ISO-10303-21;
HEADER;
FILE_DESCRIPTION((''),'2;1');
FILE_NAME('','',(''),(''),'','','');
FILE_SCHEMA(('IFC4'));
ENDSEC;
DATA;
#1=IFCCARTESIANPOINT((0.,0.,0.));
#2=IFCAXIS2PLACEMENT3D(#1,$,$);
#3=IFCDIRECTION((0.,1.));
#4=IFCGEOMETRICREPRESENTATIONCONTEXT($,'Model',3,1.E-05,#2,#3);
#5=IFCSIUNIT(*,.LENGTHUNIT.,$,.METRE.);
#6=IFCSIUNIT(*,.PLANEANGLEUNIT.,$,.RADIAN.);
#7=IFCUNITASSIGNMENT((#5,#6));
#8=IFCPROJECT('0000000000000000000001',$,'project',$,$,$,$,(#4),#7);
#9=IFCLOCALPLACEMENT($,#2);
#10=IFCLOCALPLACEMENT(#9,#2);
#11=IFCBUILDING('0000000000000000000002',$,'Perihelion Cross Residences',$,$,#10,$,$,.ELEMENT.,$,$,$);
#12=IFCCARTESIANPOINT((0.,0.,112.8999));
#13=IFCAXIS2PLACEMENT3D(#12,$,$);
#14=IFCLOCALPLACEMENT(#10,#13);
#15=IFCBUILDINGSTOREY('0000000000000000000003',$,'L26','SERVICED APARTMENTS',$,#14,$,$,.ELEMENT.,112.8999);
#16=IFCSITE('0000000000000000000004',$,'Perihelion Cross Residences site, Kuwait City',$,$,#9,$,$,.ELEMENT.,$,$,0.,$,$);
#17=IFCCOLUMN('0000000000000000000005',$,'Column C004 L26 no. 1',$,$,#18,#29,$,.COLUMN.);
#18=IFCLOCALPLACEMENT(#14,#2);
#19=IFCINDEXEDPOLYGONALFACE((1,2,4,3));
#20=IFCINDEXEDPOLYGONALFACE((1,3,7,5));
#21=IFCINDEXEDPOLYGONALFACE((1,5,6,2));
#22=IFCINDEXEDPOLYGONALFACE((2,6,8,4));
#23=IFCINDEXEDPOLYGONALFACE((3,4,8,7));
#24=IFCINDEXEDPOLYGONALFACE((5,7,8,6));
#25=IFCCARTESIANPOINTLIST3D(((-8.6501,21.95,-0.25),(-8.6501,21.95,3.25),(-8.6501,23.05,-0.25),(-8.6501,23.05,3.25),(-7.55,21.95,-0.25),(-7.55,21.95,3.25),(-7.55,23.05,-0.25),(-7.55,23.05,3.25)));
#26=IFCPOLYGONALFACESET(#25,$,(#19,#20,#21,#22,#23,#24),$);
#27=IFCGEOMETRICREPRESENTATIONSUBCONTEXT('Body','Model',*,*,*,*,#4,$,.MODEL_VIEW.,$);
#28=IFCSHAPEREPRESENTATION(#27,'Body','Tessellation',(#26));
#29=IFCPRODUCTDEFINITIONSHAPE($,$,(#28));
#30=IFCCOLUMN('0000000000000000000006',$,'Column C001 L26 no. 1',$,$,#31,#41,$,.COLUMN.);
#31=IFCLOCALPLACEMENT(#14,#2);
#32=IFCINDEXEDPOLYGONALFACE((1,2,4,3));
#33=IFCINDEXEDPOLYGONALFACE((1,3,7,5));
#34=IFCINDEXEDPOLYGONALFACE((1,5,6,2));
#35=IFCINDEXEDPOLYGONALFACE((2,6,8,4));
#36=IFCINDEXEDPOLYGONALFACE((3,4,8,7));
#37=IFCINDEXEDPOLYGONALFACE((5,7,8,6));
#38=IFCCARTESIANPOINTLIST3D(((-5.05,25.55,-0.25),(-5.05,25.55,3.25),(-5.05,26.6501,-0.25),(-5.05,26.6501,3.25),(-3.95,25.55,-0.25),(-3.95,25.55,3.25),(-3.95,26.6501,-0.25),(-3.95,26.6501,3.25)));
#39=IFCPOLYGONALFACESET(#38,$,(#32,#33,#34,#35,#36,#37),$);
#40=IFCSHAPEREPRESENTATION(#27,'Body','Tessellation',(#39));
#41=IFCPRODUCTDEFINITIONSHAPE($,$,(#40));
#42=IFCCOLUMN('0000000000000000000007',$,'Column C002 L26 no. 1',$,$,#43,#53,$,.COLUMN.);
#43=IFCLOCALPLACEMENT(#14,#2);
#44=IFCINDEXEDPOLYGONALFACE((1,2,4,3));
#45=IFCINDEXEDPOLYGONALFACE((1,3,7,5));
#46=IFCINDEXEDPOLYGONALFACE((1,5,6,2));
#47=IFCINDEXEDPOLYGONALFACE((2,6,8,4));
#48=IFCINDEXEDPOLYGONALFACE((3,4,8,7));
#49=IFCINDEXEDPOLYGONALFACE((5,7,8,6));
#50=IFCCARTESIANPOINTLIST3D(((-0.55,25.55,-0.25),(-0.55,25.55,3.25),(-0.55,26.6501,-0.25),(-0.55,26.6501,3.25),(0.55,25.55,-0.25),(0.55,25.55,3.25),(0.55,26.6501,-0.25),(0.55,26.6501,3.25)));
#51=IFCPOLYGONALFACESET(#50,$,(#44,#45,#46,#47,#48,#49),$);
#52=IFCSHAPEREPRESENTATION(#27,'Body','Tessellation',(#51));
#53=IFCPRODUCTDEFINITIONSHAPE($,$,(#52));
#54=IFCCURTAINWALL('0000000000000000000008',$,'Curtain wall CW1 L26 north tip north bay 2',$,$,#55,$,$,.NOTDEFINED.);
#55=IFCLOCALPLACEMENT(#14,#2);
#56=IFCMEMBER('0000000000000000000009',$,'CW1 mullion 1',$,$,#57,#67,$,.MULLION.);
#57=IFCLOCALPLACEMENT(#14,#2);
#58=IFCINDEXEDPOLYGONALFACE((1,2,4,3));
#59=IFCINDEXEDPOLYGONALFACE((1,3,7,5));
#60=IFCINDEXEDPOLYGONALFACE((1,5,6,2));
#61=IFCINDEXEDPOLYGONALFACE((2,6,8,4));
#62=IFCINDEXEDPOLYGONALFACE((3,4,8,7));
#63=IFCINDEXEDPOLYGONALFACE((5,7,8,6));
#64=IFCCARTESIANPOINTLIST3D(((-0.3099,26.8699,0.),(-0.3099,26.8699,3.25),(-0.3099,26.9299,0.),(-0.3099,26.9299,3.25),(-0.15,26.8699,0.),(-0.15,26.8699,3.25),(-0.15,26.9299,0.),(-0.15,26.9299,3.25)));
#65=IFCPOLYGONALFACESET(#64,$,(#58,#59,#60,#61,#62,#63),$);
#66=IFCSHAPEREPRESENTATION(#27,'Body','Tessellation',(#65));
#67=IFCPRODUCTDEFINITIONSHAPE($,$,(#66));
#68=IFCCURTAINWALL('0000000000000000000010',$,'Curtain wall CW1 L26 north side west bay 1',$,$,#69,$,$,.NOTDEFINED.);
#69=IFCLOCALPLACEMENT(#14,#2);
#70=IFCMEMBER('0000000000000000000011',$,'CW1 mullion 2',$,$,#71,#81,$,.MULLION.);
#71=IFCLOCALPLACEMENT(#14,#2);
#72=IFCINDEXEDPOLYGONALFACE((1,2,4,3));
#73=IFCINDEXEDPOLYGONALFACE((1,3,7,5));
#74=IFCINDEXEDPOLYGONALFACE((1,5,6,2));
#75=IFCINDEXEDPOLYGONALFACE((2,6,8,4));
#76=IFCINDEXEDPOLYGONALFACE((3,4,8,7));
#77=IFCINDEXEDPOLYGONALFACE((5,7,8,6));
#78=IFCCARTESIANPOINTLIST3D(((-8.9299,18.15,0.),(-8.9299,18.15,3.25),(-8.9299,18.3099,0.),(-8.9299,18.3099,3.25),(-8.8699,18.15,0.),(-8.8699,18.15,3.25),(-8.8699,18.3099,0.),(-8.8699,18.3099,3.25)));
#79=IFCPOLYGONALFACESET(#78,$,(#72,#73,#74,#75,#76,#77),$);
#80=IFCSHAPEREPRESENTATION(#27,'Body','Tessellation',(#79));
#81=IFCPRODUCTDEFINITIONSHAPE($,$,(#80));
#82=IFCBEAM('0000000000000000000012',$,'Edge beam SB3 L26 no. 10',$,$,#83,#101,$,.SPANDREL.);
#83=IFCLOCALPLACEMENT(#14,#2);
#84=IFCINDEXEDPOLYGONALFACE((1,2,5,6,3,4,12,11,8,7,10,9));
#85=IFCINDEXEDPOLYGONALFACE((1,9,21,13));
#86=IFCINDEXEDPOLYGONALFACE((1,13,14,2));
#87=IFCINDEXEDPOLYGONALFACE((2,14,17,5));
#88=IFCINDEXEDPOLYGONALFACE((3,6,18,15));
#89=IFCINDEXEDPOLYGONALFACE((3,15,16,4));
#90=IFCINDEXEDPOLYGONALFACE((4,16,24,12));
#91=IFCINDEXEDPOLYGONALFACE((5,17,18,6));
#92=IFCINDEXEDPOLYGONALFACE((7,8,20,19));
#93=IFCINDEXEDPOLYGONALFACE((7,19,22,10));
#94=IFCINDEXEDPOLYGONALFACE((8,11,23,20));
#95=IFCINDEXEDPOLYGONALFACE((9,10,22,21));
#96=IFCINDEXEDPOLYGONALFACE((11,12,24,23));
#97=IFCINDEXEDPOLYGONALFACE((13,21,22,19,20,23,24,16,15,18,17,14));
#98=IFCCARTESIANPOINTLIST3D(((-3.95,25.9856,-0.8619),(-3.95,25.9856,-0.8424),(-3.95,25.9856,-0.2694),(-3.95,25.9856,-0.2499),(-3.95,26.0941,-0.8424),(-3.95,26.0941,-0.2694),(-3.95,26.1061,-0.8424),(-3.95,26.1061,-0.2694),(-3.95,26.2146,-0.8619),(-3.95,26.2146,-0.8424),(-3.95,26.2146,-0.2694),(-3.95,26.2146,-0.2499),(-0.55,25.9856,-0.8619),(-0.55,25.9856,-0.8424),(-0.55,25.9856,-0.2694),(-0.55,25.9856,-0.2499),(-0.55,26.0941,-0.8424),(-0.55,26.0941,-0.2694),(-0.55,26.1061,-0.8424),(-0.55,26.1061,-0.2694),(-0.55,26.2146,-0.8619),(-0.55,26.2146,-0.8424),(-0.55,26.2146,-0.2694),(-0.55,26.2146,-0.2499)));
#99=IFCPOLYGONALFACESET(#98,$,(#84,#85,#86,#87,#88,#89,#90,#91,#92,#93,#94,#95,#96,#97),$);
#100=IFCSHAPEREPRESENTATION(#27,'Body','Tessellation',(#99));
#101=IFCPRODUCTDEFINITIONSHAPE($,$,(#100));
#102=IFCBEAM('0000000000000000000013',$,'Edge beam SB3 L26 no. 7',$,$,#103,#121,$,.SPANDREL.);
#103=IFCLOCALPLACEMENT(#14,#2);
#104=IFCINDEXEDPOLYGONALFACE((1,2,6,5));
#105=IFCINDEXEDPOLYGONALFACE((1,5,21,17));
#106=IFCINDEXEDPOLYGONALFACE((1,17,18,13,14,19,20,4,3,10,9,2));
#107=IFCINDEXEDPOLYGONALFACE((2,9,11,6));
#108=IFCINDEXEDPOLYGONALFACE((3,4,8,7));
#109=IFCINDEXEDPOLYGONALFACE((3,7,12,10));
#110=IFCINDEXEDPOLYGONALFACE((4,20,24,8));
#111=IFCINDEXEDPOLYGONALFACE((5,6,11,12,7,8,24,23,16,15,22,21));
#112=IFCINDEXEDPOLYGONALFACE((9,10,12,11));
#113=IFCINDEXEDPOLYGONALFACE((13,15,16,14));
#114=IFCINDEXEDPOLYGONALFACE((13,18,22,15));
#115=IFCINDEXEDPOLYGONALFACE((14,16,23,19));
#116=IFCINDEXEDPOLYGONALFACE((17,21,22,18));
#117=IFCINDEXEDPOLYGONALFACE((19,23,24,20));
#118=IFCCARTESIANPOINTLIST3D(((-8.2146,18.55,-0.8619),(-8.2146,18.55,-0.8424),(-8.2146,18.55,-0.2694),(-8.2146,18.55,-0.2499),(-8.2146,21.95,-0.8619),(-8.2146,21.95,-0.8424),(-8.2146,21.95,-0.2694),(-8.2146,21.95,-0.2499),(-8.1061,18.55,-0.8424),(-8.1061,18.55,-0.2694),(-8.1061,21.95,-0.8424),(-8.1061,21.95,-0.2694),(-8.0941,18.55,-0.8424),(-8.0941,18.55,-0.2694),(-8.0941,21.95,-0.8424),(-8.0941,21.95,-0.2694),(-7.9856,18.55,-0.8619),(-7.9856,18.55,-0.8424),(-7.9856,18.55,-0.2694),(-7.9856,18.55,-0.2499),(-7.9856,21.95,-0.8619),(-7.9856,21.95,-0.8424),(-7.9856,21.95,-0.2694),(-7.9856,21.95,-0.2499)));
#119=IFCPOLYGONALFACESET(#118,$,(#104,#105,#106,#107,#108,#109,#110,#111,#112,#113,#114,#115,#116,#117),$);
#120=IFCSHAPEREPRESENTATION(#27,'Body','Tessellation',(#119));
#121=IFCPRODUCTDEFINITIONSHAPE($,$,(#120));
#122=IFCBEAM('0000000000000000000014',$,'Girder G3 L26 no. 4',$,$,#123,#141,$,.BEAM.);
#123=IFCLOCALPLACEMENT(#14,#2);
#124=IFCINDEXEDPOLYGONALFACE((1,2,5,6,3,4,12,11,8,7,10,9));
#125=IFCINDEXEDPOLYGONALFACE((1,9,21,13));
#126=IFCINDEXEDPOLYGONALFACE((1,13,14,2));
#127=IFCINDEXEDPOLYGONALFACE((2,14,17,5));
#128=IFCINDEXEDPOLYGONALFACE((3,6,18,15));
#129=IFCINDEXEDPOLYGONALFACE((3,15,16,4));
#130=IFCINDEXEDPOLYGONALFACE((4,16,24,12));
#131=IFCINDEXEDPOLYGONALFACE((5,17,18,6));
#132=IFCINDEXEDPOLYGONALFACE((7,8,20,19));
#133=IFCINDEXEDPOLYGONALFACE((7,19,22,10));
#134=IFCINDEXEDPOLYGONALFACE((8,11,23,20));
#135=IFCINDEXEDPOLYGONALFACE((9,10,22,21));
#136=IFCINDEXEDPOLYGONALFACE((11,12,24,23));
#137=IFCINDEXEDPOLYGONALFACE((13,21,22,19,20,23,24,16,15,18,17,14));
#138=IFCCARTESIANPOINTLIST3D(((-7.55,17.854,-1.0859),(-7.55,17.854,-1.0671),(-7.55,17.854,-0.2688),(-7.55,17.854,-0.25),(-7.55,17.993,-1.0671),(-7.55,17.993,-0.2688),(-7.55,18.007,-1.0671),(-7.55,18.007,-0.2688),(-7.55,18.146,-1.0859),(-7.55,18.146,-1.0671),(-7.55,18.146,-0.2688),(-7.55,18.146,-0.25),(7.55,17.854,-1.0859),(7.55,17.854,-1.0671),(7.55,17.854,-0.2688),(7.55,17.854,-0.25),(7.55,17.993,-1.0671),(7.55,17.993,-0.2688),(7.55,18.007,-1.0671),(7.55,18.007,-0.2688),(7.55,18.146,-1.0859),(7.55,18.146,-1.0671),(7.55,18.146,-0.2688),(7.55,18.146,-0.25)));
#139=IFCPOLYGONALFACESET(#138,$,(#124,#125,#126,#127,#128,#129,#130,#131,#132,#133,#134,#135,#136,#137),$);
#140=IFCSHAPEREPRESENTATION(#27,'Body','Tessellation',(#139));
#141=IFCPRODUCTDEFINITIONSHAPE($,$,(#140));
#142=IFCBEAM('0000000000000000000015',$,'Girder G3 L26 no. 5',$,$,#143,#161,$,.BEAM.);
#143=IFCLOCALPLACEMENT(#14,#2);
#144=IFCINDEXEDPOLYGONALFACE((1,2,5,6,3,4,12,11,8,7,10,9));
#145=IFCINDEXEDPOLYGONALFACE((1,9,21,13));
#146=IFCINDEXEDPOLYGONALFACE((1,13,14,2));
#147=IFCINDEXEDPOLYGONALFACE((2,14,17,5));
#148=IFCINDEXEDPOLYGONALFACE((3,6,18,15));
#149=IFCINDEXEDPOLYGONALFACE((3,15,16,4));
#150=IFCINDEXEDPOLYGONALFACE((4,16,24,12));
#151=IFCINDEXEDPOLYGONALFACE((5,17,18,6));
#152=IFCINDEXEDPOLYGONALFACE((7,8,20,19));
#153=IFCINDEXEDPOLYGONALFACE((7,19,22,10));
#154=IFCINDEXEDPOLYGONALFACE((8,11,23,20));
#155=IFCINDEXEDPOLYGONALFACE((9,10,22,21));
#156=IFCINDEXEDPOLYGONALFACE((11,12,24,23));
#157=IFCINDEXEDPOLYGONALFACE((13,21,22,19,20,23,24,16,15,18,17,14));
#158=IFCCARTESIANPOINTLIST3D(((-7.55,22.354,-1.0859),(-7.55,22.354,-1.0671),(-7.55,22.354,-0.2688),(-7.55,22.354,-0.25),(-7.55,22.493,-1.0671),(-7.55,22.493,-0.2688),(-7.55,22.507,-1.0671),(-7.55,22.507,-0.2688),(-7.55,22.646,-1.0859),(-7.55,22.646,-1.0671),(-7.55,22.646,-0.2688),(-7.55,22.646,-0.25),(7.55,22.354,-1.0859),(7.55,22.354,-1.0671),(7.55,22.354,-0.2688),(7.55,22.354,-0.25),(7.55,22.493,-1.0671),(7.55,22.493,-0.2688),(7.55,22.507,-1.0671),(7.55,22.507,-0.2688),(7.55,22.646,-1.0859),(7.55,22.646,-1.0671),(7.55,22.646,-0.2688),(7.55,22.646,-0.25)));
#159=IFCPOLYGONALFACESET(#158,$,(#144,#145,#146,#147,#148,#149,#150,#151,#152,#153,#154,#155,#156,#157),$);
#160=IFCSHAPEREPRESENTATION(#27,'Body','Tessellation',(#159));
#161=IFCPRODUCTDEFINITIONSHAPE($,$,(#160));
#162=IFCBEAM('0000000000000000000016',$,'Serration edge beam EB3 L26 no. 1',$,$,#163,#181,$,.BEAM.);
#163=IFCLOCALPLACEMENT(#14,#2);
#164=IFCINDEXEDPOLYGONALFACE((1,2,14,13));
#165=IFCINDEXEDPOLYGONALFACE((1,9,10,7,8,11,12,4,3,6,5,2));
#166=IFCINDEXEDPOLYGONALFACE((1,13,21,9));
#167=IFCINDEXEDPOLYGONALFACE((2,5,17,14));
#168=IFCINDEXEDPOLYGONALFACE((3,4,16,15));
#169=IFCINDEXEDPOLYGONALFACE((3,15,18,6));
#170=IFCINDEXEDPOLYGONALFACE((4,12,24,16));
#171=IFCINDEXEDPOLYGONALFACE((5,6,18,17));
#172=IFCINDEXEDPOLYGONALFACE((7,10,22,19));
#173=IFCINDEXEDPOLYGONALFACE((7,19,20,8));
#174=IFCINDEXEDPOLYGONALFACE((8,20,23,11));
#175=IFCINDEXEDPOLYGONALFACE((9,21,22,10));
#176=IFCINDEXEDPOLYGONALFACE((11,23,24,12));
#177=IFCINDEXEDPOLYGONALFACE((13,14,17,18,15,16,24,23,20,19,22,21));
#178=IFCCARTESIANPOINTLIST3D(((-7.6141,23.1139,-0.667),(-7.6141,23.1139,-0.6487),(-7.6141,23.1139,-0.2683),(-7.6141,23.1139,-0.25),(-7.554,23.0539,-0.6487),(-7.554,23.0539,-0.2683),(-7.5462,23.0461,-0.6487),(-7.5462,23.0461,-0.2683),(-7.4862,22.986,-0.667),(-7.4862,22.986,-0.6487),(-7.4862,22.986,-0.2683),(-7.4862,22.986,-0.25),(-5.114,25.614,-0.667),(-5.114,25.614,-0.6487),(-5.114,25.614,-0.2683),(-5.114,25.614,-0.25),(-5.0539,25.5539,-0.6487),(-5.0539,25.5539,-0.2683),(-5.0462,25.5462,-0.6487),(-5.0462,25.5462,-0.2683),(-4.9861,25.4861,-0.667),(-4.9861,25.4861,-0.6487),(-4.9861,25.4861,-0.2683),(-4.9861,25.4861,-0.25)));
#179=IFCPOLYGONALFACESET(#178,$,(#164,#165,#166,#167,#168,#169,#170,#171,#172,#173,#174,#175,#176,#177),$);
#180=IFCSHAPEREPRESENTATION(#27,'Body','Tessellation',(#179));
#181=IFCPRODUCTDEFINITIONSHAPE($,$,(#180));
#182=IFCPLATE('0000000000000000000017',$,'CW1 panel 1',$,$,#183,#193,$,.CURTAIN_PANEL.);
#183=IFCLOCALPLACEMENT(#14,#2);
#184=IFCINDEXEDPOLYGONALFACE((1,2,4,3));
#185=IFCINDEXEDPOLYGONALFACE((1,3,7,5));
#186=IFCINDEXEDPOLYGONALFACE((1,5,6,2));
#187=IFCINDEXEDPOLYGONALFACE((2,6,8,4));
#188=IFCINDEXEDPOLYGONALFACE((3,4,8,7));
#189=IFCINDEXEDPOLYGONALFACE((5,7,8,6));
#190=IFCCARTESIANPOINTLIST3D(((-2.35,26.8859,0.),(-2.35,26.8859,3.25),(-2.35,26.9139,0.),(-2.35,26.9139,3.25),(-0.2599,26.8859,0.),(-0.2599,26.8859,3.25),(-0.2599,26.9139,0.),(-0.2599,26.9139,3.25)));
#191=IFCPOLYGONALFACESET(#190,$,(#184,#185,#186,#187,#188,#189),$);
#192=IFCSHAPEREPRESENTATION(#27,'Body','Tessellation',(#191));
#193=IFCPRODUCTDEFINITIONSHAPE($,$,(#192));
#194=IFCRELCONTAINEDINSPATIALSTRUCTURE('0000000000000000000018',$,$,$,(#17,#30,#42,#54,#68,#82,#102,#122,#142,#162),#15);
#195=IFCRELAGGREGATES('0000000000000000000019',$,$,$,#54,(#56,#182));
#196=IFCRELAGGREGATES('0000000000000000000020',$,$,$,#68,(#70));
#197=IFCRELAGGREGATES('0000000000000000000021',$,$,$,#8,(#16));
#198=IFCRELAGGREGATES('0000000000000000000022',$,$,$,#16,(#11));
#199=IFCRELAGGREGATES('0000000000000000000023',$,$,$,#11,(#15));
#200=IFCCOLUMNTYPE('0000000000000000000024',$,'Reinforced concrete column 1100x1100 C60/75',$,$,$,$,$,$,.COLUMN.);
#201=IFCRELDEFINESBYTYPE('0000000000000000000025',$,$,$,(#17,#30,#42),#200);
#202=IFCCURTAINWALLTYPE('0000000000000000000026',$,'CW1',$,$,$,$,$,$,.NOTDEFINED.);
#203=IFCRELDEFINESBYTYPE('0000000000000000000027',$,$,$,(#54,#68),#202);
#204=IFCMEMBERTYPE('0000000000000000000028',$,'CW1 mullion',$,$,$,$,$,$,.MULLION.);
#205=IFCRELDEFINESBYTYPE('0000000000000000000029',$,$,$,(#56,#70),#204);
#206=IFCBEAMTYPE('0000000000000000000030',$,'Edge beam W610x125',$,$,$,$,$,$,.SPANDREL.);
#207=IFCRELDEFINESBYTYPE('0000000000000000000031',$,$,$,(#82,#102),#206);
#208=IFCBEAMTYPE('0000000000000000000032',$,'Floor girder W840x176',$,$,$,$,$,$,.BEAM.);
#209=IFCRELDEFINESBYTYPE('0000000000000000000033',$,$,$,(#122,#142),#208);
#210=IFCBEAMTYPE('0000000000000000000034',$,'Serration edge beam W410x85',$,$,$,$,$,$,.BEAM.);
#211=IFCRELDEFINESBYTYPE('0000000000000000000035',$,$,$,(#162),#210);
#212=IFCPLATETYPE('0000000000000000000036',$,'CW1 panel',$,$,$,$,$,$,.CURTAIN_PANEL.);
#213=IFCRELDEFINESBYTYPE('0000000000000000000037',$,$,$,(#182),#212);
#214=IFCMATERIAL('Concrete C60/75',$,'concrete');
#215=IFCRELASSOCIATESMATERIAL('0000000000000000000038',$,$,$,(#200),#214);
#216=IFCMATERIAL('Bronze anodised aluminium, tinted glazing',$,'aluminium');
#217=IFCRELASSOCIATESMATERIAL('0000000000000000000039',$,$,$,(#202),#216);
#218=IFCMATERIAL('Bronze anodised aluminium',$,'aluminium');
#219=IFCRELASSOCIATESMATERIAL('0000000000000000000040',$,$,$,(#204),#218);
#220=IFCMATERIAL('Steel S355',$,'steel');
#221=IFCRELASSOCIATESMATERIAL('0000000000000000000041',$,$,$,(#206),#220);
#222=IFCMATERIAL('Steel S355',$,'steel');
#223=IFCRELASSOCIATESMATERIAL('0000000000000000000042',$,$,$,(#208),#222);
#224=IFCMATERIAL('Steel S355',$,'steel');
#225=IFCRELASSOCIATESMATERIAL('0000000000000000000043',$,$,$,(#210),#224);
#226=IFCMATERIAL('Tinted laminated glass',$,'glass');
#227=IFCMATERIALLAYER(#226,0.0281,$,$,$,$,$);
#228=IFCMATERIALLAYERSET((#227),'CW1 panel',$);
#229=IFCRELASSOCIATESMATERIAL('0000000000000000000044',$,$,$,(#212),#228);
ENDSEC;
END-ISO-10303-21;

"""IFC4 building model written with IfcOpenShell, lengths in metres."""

from ifc_helpers import new_model, si_unit, direction, frame, origin, origin_2d, place, context, subcontext, project, spatial, rectangle, i_section, extrude, material, layer, layer_set, material_profile, profile_set, type_object, element, aggregate, save


model = new_model("IFC4")

# Units and contexts
model_context = context("Model", 3, precision=1e-05, world=origin(), true_north=direction((0.0, 1.0)))
body_context = subcontext(model_context, "Body", "Model", "MODEL_VIEW")
ifc_project = project(units=[si_unit("LENGTHUNIT", "METRE"), si_unit("PLANEANGLEUNIT", "RADIAN")], contexts=[model_context])

# Site, building, storey
site_placement = place(None, origin())
site = spatial("IfcSite", under=ifc_project, at=site_placement, Name="Perihelion Cross Residences site, Kuwait City", CompositionType="ELEMENT", RefElevation=0.0)
building_placement = place(site_placement, origin())
building = spatial("IfcBuilding", under=site, at=building_placement, Name="Perihelion Cross Residences", CompositionType="ELEMENT")
storey_placement = place(building_placement, frame((0.0, 0.0, 112.8999)))
storey = spatial("IfcBuildingStorey", under=building, at=storey_placement, Name="L26", Description="SERVICED APARTMENTS", CompositionType="ELEMENT", Elevation=112.8999)

# Columns
ifc_material_1 = material(Name="Concrete C60/75", Category="concrete")
ifc_material_profile_1 = material_profile(ifc_material_1, rectangle(XDim=1.1001, YDim=1.1001, at=origin_2d()), Name="RC 1100x1100")
ifc_profile_set_1 = profile_set([ifc_material_profile_1], Name="Concrete C60/75")
column_type = type_object("IfcColumnType", Name="Reinforced concrete column 1100x1100 C60/75", PredefinedType="COLUMN", material=ifc_profile_set_1)
for number, where, z_axis, x_axis, name in (
    (1, (-8.1001, 22.5, -0.25), (0.0, 0.0, 1.0), (1.0, 0.0, 0.0), "Column C004 L26 no. 1"),
    (2, (-4.5, 26.1001, -0.25), (0.0, 0.0, 1.0), (1.0, 0.0, 0.0), "Column C001 L26 no. 1"),
    (3, (0.0, 26.1001, -0.25), (0.0, 0.0, 1.0), (1.0, 0.0, 0.0), "Column C002 L26 no. 1"),
):
    element("IfcColumn", number, at=place(storey_placement, frame(where, z_axis=z_axis, x_axis=x_axis)), inside=storey, type_object=column_type, Name=name, PredefinedType="COLUMN", context=body_context, shape_type="SweptSolid", body=[
        extrude(rectangle(XDim=1.1001, YDim=1.1001, at=origin_2d()), origin(), (0.0, 0.0, 1.0), 3.5),
    ])

# Curtain walls, members
ifc_material_2 = material(Name="Bronze anodised aluminium, tinted glazing", Category="aluminium")
curtain_wall_type = type_object("IfcCurtainWallType", Name="CW1", PredefinedType="NOTDEFINED", material=ifc_material_2)
curtain_wall_1_placement = place(storey_placement, origin())
curtain_wall_1 = element("IfcCurtainWall", 4, at=curtain_wall_1_placement, inside=storey, type_object=curtain_wall_type, Name="Curtain wall CW1 L26 north tip north bay 2", PredefinedType="NOTDEFINED")
ifc_material_3 = material(Name="Bronze anodised aluminium", Category="aluminium")
ifc_material_profile_2 = material_profile(ifc_material_3, rectangle(XDim=0.0601, YDim=0.1599, at=origin_2d()), Name="CW1 mullion")
ifc_profile_set_2 = profile_set([ifc_material_profile_2], Name="Bronze anodised aluminium")
member_type = type_object("IfcMemberType", Name="CW1 mullion", PredefinedType="MULLION", material=ifc_profile_set_2)
member_1_placement = place(storey_placement, frame((-0.23, 26.8999, 0.0), z_axis=(0.0, 0.0, 1.0), x_axis=(0.0, -1.0, 0.0)))
member_1 = element("IfcMember", 5, at=member_1_placement, type_object=member_type, Name="CW1 mullion 1", PredefinedType="MULLION", context=body_context, shape_type="SweptSolid", body=[
    extrude(rectangle(XDim=0.0601, YDim=0.1599, at=origin_2d()), origin(), (0.0, 0.0, 1.0), 3.25),
])
curtain_wall_2_placement = place(storey_placement, origin())
curtain_wall_2 = element("IfcCurtainWall", 6, at=curtain_wall_2_placement, inside=storey, type_object=curtain_wall_type, Name="Curtain wall CW1 L26 north side west bay 1", PredefinedType="NOTDEFINED")
member_2_placement = place(storey_placement, frame((-8.8999, 18.23, 0.0), z_axis=(0.0, 0.0, 1.0), x_axis=(1.0, 0.0, 0.0)))
member_2 = element("IfcMember", 7, at=member_2_placement, type_object=member_type, Name="CW1 mullion 2", PredefinedType="MULLION", context=body_context, shape_type="SweptSolid", body=[
    extrude(rectangle(XDim=0.0601, YDim=0.1599, at=origin_2d()), origin(), (0.0, 0.0, 1.0), 3.25),
])

# Beams
ifc_material_4 = material(Name="Steel S355", Category="steel")
ifc_material_profile_3 = material_profile(ifc_material_4, i_section(OverallWidth=0.229, OverallDepth=0.6121, WebThickness=0.012, FlangeThickness=0.0195, at=origin_2d()), Name="W610x125")
ifc_profile_set_3 = profile_set([ifc_material_profile_3], Name="Steel S355")
beam_type_1 = type_object("IfcBeamType", Name="Edge beam W610x125", PredefinedType="SPANDREL", material=ifc_profile_set_3)
for number, where, z_axis, x_axis, name in (
    (8, (-0.55, 26.1001, -0.5559), (-1.0, 0.0, 0.0), (0.0, -1.0, 0.0), "Edge beam SB3 L26 no. 10"),
    (9, (-8.1001, 21.95, -0.5559), (0.0, -1.0, 0.0), (1.0, 0.0, 0.0), "Edge beam SB3 L26 no. 7"),
):
    element("IfcBeam", number, at=place(storey_placement, frame(where, z_axis=z_axis, x_axis=x_axis)), inside=storey, type_object=beam_type_1, Name=name, PredefinedType="SPANDREL", context=body_context, shape_type="SweptSolid", body=[
        extrude(i_section(OverallWidth=0.229, OverallDepth=0.6121, WebThickness=0.012, FlangeThickness=0.0195, at=origin_2d()), origin(), (0.0, 0.0, 1.0), 3.3999),
    ])
ifc_material_5 = material(Name="Steel S355", Category="steel")
ifc_material_profile_4 = material_profile(ifc_material_5, i_section(OverallWidth=0.292, OverallDepth=0.8359, WebThickness=0.0139, FlangeThickness=0.0188, at=origin_2d()), Name="W840x176")
ifc_profile_set_4 = profile_set([ifc_material_profile_4], Name="Steel S355")
beam_type_2 = type_object("IfcBeamType", Name="Floor girder W840x176", PredefinedType="BEAM", material=ifc_profile_set_4)
for number, where, z_axis, x_axis, name in (
    (10, (-7.55, 18.0, -0.668), (1.0, 0.0, 0.0), (0.0, 1.0, 0.0), "Girder G3 L26 no. 4"),
    (11, (-7.55, 22.5, -0.668), (1.0, 0.0, 0.0), (0.0, 1.0, 0.0), "Girder G3 L26 no. 5"),
):
    element("IfcBeam", number, at=place(storey_placement, frame(where, z_axis=z_axis, x_axis=x_axis)), inside=storey, type_object=beam_type_2, Name=name, PredefinedType="BEAM", context=body_context, shape_type="SweptSolid", body=[
        extrude(i_section(OverallWidth=0.292, OverallDepth=0.8359, WebThickness=0.0139, FlangeThickness=0.0188, at=origin_2d()), origin(), (0.0, 0.0, 1.0), 15.1001),
    ])
ifc_material_6 = material(Name="Steel S355", Category="steel")
ifc_material_profile_5 = material_profile(ifc_material_6, i_section(OverallWidth=0.1809, OverallDepth=0.417, WebThickness=0.011, FlangeThickness=0.0183, at=origin_2d()), Name="W410x85")
ifc_profile_set_5 = profile_set([ifc_material_profile_5], Name="Steel S355")
beam_type_3 = type_object("IfcBeamType", Name="Serration edge beam W410x85", PredefinedType="BEAM", material=ifc_profile_set_5)
beam_placement = place(storey_placement, frame((-5.05, 25.55, -0.4585), z_axis=(-0.707107, -0.707107, 0.0), x_axis=(0.707107, -0.707107, 0.0)))
element("IfcBeam", 12, at=beam_placement, inside=storey, type_object=beam_type_3, Name="Serration edge beam EB3 L26 no. 1", PredefinedType="BEAM", context=body_context, shape_type="SweptSolid", body=[
    extrude(i_section(OverallWidth=0.1809, OverallDepth=0.417, WebThickness=0.011, FlangeThickness=0.0183, at=origin_2d()), origin(), (0.0, 0.0, 1.0), 3.5356),
])

# Plate
ifc_material_7 = material(Name="Tinted laminated glass", Category="glass")
ifc_layer_1 = layer(ifc_material_7, 0.0281)
ifc_layer_set_1 = layer_set([ifc_layer_1], Name="CW1 panel")
plate_type = type_object("IfcPlateType", Name="CW1 panel", PredefinedType="CURTAIN_PANEL", material=ifc_layer_set_1)
plate_1_placement = place(storey_placement, frame((-1.3049, 26.8999, 0.0), z_axis=(0.0, 0.0, 1.0), x_axis=(-1.0, 0.0, 0.0)))
plate_1 = element("IfcPlate", 13, at=plate_1_placement, type_object=plate_type, Name="CW1 panel 1", PredefinedType="CURTAIN_PANEL", context=body_context, shape_type="SweptSolid", body=[
    extrude(rectangle(XDim=2.0901, YDim=0.0281, at=origin_2d()), origin(), (0.0, 0.0, 1.0), 3.25),
])
aggregate(curtain_wall_1, [member_1, plate_1])
aggregate(curtain_wall_2, [member_2])

save(model, "model.ifc")
